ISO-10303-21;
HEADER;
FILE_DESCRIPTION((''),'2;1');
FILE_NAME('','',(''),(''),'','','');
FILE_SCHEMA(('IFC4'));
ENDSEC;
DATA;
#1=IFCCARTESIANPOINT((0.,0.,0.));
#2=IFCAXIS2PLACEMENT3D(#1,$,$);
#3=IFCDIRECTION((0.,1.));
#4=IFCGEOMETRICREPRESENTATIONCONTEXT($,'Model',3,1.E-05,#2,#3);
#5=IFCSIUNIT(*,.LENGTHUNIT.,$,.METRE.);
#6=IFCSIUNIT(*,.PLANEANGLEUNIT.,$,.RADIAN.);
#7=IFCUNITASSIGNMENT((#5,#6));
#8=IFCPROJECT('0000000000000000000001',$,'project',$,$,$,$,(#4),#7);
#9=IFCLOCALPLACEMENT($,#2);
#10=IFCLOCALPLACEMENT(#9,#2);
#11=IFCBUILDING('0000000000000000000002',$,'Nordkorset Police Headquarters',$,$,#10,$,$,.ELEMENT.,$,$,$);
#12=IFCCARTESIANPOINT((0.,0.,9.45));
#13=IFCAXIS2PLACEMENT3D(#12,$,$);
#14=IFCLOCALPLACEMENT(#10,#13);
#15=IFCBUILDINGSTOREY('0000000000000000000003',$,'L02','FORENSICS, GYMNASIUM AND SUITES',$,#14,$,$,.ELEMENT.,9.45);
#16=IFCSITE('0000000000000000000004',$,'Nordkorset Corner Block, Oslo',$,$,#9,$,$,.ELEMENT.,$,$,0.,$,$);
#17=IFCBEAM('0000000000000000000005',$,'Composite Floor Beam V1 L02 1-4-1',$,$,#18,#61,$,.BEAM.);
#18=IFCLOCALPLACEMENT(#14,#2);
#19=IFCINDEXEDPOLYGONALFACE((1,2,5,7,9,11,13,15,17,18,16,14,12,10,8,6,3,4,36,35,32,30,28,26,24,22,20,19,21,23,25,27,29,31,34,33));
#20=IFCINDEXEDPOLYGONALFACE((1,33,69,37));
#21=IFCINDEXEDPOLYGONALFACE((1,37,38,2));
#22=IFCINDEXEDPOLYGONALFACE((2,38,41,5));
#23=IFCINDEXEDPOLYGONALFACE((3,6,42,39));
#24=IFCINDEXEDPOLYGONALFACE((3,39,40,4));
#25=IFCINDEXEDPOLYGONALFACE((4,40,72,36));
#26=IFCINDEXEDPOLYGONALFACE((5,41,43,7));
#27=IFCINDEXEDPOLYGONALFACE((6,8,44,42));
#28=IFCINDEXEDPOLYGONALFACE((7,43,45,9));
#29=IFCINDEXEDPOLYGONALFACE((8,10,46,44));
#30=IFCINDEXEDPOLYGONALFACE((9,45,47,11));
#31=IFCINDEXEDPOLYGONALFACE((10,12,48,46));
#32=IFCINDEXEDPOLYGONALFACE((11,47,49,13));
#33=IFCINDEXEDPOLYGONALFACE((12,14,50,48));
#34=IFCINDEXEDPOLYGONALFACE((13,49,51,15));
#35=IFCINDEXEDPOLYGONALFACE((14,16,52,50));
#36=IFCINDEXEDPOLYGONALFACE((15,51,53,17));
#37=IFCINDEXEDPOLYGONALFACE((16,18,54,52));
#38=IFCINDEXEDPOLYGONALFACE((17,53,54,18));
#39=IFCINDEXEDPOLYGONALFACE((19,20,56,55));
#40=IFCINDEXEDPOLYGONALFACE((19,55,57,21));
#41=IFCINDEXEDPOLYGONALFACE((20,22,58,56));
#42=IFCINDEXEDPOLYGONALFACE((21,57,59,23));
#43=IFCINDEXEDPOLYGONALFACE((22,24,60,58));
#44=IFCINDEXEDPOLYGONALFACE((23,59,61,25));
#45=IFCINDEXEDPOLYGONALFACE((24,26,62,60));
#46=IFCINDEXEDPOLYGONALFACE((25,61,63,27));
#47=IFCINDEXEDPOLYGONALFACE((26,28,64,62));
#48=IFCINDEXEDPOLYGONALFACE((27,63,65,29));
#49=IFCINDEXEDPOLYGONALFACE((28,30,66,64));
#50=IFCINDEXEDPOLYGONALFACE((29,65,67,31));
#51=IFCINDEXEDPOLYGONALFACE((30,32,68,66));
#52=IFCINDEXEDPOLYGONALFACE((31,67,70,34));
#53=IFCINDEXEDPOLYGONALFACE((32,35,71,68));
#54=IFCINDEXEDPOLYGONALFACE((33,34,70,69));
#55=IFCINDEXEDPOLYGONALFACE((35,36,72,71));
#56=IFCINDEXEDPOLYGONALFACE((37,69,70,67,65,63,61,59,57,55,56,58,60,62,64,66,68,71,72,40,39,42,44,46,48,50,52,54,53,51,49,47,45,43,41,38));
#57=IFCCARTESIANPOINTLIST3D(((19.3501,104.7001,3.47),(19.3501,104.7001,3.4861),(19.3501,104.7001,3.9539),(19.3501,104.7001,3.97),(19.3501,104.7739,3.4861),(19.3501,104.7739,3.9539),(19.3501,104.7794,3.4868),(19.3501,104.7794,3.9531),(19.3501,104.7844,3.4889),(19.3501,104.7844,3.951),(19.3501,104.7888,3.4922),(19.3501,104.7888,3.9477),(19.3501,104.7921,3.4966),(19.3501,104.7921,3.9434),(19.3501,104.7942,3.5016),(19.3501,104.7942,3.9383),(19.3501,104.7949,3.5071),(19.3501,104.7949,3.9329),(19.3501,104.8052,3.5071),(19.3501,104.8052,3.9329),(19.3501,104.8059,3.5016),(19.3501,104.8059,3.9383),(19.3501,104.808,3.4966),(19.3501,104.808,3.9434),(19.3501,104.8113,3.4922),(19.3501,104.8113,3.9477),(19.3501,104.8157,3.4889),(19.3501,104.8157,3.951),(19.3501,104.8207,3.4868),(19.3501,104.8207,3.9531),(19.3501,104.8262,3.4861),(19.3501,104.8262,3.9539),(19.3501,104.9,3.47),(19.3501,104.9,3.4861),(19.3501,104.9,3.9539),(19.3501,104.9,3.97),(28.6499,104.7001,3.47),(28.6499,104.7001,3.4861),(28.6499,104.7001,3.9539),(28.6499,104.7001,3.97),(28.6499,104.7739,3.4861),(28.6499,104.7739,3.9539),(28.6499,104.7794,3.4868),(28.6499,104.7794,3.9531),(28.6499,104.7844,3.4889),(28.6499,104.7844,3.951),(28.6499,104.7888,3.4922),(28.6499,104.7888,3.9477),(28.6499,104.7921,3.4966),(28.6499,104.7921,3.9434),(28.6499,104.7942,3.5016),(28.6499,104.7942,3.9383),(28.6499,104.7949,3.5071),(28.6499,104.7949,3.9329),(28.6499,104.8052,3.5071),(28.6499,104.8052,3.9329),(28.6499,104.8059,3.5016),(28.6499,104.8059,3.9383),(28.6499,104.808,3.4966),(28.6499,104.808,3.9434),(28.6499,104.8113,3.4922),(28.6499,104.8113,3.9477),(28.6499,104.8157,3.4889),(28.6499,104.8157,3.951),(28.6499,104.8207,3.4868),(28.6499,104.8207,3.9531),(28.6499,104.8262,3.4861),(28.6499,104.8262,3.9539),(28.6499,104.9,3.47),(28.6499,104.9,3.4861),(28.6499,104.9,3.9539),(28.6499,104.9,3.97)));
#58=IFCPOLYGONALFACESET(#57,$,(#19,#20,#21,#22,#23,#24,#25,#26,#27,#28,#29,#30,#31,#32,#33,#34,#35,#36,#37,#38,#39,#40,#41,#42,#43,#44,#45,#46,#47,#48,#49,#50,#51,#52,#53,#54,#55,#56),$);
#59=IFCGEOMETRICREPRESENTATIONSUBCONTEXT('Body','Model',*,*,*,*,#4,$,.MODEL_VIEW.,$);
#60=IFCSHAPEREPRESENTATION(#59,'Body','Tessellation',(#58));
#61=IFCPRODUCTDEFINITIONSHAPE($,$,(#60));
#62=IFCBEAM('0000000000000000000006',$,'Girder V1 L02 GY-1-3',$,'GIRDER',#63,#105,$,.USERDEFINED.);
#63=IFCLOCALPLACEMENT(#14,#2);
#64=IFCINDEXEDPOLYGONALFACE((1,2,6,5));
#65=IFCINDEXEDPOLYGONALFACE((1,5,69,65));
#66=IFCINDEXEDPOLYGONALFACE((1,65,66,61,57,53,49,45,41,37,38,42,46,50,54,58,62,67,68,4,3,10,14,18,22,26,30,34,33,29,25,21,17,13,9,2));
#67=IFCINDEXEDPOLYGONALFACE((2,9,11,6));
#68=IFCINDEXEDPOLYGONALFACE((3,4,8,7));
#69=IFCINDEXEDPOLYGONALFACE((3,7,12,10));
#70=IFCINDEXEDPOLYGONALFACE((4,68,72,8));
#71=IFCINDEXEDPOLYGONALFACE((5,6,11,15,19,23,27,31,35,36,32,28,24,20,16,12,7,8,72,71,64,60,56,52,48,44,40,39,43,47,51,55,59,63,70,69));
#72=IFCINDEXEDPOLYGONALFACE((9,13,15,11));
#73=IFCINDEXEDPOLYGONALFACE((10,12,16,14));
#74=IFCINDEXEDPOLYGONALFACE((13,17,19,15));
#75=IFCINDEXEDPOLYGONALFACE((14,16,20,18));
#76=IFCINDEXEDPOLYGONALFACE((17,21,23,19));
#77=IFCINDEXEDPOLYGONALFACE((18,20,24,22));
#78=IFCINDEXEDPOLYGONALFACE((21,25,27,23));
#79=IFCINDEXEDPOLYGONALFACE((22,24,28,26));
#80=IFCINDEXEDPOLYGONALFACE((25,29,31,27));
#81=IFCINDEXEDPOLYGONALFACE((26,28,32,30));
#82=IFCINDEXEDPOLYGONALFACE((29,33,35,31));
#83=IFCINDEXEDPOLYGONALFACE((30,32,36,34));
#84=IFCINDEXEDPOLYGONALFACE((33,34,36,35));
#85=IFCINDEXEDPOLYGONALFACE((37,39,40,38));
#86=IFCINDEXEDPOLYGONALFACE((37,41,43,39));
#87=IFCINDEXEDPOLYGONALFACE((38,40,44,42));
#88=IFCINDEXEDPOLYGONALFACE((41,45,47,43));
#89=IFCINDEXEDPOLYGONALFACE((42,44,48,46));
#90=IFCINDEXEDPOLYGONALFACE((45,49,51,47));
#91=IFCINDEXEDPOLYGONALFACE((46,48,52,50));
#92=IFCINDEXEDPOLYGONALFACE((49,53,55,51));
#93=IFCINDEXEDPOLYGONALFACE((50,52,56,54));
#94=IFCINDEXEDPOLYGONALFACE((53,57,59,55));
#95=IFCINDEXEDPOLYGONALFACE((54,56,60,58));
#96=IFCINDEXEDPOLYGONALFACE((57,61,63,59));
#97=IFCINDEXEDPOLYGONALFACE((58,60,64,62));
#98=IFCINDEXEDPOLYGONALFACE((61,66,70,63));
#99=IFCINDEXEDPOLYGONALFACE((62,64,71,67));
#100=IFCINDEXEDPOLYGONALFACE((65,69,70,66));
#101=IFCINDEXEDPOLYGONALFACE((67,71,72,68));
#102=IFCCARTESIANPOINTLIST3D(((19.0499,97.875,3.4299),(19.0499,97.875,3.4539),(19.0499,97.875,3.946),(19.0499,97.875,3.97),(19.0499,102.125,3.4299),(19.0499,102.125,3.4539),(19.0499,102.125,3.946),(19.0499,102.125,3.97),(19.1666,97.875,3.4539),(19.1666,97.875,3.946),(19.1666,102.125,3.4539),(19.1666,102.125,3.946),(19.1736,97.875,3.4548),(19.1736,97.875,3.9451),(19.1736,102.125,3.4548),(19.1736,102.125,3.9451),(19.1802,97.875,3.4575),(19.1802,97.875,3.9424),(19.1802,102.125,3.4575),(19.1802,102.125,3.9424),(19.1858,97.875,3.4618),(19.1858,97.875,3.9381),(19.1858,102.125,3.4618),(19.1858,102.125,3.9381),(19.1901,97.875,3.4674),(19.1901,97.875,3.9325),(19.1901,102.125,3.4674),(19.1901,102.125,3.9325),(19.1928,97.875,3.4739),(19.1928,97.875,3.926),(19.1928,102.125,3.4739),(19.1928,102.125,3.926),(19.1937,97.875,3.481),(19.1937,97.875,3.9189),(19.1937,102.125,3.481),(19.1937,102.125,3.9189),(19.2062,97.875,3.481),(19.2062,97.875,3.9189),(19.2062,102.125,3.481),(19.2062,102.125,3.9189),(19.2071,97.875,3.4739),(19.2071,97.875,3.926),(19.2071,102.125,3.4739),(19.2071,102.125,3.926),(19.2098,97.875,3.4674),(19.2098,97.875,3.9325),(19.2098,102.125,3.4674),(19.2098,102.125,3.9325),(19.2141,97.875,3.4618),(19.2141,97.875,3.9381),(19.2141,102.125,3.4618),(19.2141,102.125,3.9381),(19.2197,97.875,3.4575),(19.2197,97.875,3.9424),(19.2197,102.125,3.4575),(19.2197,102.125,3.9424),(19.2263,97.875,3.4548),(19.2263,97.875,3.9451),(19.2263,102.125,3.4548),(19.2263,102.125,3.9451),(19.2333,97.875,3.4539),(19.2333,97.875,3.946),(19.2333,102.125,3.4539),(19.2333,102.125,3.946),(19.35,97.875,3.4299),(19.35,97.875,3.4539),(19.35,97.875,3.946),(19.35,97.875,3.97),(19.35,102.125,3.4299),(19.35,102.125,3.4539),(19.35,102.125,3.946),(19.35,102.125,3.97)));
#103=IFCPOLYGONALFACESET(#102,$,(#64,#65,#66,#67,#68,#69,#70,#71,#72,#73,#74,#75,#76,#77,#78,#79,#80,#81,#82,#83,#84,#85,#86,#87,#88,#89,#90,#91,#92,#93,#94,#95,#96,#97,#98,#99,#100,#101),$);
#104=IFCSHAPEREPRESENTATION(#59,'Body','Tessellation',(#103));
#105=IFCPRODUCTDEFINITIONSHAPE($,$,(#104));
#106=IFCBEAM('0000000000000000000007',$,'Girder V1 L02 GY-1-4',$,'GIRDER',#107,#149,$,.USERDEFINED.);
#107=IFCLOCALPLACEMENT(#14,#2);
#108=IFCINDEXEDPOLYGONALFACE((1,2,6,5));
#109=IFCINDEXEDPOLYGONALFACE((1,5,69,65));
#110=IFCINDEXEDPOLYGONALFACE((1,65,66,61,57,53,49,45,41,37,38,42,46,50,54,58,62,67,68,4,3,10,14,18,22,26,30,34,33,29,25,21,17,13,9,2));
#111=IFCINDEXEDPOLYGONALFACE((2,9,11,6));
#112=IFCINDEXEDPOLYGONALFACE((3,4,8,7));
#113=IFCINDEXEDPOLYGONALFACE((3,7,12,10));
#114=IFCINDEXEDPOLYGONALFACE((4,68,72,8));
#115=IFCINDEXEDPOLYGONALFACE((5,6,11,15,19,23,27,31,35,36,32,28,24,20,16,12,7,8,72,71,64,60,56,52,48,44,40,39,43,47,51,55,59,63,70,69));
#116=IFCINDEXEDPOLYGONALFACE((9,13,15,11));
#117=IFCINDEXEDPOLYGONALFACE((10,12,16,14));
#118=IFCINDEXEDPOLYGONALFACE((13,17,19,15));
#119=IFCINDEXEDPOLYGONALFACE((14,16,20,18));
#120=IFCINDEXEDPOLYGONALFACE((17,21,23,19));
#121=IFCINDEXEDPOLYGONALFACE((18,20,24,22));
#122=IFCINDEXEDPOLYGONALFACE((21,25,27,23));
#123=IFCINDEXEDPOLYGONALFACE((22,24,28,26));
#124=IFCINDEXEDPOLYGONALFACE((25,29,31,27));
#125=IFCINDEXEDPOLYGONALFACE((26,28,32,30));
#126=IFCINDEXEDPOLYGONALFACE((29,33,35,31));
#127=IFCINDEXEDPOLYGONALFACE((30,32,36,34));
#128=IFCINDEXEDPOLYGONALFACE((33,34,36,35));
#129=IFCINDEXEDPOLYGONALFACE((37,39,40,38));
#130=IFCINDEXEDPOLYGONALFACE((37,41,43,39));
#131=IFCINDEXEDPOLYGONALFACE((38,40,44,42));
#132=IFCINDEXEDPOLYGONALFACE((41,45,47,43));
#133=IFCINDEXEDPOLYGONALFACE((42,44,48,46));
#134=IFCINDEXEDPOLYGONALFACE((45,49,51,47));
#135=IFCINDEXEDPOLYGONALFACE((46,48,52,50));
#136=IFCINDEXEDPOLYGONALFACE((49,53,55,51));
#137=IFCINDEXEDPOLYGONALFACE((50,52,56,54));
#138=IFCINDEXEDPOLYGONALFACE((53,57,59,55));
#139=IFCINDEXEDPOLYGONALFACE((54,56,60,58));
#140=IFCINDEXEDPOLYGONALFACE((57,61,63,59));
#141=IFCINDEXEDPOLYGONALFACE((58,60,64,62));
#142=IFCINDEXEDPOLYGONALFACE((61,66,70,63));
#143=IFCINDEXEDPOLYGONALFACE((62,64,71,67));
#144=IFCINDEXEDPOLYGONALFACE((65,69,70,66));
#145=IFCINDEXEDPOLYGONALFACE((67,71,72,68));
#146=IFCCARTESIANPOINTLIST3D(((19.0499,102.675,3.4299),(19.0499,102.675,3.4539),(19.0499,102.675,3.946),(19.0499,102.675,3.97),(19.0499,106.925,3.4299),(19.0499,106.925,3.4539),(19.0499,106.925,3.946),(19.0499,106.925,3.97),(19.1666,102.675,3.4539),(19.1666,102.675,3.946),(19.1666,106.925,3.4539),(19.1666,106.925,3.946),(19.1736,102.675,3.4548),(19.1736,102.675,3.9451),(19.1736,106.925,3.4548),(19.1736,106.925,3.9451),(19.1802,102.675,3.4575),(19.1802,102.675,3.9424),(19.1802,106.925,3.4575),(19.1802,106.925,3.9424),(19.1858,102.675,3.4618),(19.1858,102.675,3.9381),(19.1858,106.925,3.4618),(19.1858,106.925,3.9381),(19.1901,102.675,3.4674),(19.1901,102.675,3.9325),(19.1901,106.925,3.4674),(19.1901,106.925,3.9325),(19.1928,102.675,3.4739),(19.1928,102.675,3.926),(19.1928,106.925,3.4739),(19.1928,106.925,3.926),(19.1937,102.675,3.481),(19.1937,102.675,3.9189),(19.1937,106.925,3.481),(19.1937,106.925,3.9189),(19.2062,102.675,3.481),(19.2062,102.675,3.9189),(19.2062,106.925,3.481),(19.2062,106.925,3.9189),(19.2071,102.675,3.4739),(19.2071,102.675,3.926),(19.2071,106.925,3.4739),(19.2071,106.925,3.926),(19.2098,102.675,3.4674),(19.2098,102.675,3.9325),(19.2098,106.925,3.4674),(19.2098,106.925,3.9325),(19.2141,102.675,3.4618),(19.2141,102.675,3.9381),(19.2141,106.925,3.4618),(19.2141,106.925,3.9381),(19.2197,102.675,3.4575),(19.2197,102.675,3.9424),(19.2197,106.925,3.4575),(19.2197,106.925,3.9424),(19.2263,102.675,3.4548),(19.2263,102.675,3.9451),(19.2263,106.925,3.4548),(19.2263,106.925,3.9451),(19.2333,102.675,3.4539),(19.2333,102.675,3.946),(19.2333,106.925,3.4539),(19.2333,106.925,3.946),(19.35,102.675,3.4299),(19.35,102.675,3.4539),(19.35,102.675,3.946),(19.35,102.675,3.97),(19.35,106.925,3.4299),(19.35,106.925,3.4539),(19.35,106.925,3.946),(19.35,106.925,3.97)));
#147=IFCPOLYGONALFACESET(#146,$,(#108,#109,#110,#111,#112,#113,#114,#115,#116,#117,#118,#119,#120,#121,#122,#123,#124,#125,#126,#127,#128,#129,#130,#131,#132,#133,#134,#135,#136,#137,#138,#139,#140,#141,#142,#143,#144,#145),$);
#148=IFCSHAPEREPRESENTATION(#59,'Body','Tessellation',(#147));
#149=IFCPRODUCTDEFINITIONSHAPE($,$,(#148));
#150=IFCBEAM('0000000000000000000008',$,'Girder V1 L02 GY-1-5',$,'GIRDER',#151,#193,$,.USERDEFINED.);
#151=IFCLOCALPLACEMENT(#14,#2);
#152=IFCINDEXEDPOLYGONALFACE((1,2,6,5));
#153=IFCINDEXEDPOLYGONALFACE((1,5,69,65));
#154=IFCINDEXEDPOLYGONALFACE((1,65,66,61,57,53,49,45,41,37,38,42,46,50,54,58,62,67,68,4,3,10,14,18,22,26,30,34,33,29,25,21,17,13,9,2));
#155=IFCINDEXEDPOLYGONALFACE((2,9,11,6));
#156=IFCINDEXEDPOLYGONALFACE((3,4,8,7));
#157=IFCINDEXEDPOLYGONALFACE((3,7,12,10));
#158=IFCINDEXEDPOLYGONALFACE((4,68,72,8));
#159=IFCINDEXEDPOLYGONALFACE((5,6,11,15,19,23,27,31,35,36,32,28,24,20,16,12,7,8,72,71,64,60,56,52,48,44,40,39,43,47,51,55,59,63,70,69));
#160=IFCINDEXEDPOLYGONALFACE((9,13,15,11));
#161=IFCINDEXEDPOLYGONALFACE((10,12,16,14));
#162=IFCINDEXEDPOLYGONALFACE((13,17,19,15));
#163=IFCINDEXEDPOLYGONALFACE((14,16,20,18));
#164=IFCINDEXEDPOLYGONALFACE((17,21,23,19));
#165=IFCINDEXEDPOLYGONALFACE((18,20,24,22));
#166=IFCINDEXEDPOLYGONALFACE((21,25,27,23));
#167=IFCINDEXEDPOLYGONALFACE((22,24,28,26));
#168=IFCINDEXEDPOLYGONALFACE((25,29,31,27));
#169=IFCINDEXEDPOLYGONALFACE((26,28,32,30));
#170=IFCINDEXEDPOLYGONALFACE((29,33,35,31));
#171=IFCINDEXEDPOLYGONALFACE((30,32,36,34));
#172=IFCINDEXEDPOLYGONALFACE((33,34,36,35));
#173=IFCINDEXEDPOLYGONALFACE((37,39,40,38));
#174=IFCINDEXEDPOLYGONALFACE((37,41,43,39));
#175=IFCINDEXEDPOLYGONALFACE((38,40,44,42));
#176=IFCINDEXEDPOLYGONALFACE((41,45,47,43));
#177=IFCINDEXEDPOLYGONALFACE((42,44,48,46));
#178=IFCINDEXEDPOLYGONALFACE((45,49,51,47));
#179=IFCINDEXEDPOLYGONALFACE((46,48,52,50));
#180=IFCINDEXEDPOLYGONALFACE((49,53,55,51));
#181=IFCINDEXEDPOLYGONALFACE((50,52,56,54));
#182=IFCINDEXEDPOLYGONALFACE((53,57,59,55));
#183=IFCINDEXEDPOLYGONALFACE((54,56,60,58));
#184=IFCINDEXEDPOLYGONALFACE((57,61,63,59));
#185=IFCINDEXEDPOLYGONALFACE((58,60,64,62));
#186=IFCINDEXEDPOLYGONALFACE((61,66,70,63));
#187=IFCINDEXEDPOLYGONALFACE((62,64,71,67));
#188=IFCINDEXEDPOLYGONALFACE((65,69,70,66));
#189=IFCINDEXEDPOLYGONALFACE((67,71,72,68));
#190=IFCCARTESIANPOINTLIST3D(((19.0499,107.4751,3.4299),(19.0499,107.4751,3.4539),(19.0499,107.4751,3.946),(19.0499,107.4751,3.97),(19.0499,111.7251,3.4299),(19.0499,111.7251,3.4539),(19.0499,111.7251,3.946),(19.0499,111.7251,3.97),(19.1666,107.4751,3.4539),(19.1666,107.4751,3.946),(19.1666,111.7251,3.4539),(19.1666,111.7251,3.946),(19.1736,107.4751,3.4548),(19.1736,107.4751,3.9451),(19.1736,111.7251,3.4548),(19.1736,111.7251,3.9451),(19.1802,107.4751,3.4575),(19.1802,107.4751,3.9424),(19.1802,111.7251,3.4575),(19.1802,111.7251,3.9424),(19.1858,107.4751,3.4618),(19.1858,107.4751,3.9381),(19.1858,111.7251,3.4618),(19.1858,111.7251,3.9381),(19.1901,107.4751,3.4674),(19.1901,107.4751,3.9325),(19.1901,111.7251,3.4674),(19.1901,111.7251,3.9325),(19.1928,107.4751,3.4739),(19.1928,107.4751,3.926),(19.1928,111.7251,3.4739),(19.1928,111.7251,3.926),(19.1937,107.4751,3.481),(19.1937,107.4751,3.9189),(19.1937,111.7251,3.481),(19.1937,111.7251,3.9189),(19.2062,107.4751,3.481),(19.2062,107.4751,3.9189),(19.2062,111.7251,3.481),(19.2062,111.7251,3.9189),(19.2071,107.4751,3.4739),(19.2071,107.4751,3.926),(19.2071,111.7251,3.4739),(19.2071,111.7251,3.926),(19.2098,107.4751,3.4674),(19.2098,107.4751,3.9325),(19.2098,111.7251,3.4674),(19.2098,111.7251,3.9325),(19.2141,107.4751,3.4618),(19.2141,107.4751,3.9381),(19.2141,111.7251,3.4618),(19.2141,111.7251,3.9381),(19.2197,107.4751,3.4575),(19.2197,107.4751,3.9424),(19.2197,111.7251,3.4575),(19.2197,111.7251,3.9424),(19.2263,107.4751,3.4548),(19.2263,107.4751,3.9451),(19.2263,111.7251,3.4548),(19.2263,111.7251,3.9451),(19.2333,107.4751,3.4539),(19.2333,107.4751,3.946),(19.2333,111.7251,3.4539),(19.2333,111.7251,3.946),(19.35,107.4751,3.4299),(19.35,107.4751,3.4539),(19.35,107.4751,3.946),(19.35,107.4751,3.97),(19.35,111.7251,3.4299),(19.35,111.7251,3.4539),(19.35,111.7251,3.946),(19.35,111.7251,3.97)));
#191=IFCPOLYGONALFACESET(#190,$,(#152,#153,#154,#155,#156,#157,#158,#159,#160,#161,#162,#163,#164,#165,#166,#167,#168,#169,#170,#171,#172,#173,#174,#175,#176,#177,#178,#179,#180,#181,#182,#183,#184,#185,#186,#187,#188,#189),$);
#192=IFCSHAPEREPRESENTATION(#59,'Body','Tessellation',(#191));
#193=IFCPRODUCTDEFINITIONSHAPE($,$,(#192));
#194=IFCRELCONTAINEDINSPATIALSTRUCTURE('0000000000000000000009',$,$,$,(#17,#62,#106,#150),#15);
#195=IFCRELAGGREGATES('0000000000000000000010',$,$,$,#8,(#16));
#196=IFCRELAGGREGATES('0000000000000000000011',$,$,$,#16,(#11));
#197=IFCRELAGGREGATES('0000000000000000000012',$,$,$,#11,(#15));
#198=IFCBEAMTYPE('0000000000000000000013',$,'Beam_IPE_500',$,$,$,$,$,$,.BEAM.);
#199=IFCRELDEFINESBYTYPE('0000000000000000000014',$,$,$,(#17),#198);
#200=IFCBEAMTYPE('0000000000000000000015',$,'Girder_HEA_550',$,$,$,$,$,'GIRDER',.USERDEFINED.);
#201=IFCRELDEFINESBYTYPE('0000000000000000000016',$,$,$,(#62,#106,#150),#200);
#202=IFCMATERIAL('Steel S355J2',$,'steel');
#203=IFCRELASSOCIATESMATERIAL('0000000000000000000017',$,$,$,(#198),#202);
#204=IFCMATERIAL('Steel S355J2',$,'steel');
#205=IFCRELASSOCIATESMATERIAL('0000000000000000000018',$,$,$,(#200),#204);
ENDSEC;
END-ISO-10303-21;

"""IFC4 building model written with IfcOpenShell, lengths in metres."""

from ifc_helpers import new_model, si_unit, direction, frame, origin, origin_2d, place, context, subcontext, project, spatial, i_section, extrude, material, material_profile, profile_set, type_object, element, save


model = new_model("IFC4")

# Units and contexts
model_context = context("Model", 3, precision=1e-05, world=origin(), true_north=direction((0.0, 1.0)))
body_context = subcontext(model_context, "Body", "Model", "MODEL_VIEW")
ifc_project = project(units=[si_unit("LENGTHUNIT", "METRE"), si_unit("PLANEANGLEUNIT", "RADIAN")], contexts=[model_context])

# Site, building, storey
site_placement = place(None, origin())
site = spatial("IfcSite", under=ifc_project, at=site_placement, Name="Nordkorset Corner Block, Oslo", CompositionType="ELEMENT", RefElevation=0.0)
building_placement = place(site_placement, origin())
building = spatial("IfcBuilding", under=site, at=building_placement, Name="Nordkorset Police Headquarters", CompositionType="ELEMENT")
storey_placement = place(building_placement, frame((0.0, 0.0, 9.45)))
storey = spatial("IfcBuildingStorey", under=building, at=storey_placement, Name="L02", Description="FORENSICS, GYMNASIUM AND SUITES", CompositionType="ELEMENT", Elevation=9.45)

# Beams
ifc_material_1 = material(Name="Steel S355J2", Category="steel")
ifc_material_profile_1 = material_profile(ifc_material_1, i_section(OverallWidth=0.2, OverallDepth=0.5, WebThickness=0.0103, FlangeThickness=0.0161, FilletRadius=0.021, at=origin_2d()), Name="IPE 500")
ifc_profile_set_1 = profile_set([ifc_material_profile_1], Name="Steel S355J2")
beam_type_1 = type_object("IfcBeamType", Name="Beam_IPE_500", PredefinedType="BEAM", material=ifc_profile_set_1)
for number, where, z_axis, x_axis, name in (
    (1, (19.3501, 104.8, 3.72), (1.0, 0.0, 0.0), (0.0, 1.0, 0.0), "Composite Floor Beam V1 L02 1-4-1"),
):
    element("IfcBeam", number, at=place(storey_placement, frame(where, z_axis=z_axis, x_axis=x_axis)), inside=storey, type_object=beam_type_1, Name=name, PredefinedType="BEAM", context=body_context, shape_type="SweptSolid", body=[
        extrude(i_section(OverallWidth=0.2, OverallDepth=0.5, WebThickness=0.0103, FlangeThickness=0.0161, FilletRadius=0.021, at=origin_2d()), origin(), (0.0, 0.0, 1.0), 9.2998),
    ])
ifc_material_2 = material(Name="Steel S355J2", Category="steel")
ifc_material_profile_2 = material_profile(ifc_material_2, i_section(OverallWidth=0.3, OverallDepth=0.54, WebThickness=0.0125, FlangeThickness=0.0239, FilletRadius=0.0271, at=origin_2d()), Name="HEA 550")
ifc_profile_set_2 = profile_set([ifc_material_profile_2], Name="Steel S355J2")
beam_type_2 = type_object("IfcBeamType", Name="Girder_HEA_550", ElementType="GIRDER", PredefinedType="USERDEFINED", material=ifc_profile_set_2)
for number, where, z_axis, x_axis, name in (
    (2, (19.2, 97.875, 3.7), (0.0, 1.0, 0.0), (-1.0, 0.0, 0.0), "Girder V1 L02 GY-1-3"),
    (3, (19.2, 102.675, 3.7), (0.0, 1.0, 0.0), (-1.0, 0.0, 0.0), "Girder V1 L02 GY-1-4"),
    (4, (19.2, 107.4751, 3.7), (0.0, 1.0, 0.0), (-1.0, 0.0, 0.0), "Girder V1 L02 GY-1-5"),
):
    element("IfcBeam", number, at=place(storey_placement, frame(where, z_axis=z_axis, x_axis=x_axis)), inside=storey, type_object=beam_type_2, Name=name, ObjectType="GIRDER", PredefinedType="USERDEFINED", context=body_context, shape_type="SweptSolid", body=[
        extrude(i_section(OverallWidth=0.3, OverallDepth=0.54, WebThickness=0.0125, FlangeThickness=0.0239, FilletRadius=0.0271, at=origin_2d()), origin(), (0.0, 0.0, 1.0), 4.25),
    ])

save(model, "model.ifc")
